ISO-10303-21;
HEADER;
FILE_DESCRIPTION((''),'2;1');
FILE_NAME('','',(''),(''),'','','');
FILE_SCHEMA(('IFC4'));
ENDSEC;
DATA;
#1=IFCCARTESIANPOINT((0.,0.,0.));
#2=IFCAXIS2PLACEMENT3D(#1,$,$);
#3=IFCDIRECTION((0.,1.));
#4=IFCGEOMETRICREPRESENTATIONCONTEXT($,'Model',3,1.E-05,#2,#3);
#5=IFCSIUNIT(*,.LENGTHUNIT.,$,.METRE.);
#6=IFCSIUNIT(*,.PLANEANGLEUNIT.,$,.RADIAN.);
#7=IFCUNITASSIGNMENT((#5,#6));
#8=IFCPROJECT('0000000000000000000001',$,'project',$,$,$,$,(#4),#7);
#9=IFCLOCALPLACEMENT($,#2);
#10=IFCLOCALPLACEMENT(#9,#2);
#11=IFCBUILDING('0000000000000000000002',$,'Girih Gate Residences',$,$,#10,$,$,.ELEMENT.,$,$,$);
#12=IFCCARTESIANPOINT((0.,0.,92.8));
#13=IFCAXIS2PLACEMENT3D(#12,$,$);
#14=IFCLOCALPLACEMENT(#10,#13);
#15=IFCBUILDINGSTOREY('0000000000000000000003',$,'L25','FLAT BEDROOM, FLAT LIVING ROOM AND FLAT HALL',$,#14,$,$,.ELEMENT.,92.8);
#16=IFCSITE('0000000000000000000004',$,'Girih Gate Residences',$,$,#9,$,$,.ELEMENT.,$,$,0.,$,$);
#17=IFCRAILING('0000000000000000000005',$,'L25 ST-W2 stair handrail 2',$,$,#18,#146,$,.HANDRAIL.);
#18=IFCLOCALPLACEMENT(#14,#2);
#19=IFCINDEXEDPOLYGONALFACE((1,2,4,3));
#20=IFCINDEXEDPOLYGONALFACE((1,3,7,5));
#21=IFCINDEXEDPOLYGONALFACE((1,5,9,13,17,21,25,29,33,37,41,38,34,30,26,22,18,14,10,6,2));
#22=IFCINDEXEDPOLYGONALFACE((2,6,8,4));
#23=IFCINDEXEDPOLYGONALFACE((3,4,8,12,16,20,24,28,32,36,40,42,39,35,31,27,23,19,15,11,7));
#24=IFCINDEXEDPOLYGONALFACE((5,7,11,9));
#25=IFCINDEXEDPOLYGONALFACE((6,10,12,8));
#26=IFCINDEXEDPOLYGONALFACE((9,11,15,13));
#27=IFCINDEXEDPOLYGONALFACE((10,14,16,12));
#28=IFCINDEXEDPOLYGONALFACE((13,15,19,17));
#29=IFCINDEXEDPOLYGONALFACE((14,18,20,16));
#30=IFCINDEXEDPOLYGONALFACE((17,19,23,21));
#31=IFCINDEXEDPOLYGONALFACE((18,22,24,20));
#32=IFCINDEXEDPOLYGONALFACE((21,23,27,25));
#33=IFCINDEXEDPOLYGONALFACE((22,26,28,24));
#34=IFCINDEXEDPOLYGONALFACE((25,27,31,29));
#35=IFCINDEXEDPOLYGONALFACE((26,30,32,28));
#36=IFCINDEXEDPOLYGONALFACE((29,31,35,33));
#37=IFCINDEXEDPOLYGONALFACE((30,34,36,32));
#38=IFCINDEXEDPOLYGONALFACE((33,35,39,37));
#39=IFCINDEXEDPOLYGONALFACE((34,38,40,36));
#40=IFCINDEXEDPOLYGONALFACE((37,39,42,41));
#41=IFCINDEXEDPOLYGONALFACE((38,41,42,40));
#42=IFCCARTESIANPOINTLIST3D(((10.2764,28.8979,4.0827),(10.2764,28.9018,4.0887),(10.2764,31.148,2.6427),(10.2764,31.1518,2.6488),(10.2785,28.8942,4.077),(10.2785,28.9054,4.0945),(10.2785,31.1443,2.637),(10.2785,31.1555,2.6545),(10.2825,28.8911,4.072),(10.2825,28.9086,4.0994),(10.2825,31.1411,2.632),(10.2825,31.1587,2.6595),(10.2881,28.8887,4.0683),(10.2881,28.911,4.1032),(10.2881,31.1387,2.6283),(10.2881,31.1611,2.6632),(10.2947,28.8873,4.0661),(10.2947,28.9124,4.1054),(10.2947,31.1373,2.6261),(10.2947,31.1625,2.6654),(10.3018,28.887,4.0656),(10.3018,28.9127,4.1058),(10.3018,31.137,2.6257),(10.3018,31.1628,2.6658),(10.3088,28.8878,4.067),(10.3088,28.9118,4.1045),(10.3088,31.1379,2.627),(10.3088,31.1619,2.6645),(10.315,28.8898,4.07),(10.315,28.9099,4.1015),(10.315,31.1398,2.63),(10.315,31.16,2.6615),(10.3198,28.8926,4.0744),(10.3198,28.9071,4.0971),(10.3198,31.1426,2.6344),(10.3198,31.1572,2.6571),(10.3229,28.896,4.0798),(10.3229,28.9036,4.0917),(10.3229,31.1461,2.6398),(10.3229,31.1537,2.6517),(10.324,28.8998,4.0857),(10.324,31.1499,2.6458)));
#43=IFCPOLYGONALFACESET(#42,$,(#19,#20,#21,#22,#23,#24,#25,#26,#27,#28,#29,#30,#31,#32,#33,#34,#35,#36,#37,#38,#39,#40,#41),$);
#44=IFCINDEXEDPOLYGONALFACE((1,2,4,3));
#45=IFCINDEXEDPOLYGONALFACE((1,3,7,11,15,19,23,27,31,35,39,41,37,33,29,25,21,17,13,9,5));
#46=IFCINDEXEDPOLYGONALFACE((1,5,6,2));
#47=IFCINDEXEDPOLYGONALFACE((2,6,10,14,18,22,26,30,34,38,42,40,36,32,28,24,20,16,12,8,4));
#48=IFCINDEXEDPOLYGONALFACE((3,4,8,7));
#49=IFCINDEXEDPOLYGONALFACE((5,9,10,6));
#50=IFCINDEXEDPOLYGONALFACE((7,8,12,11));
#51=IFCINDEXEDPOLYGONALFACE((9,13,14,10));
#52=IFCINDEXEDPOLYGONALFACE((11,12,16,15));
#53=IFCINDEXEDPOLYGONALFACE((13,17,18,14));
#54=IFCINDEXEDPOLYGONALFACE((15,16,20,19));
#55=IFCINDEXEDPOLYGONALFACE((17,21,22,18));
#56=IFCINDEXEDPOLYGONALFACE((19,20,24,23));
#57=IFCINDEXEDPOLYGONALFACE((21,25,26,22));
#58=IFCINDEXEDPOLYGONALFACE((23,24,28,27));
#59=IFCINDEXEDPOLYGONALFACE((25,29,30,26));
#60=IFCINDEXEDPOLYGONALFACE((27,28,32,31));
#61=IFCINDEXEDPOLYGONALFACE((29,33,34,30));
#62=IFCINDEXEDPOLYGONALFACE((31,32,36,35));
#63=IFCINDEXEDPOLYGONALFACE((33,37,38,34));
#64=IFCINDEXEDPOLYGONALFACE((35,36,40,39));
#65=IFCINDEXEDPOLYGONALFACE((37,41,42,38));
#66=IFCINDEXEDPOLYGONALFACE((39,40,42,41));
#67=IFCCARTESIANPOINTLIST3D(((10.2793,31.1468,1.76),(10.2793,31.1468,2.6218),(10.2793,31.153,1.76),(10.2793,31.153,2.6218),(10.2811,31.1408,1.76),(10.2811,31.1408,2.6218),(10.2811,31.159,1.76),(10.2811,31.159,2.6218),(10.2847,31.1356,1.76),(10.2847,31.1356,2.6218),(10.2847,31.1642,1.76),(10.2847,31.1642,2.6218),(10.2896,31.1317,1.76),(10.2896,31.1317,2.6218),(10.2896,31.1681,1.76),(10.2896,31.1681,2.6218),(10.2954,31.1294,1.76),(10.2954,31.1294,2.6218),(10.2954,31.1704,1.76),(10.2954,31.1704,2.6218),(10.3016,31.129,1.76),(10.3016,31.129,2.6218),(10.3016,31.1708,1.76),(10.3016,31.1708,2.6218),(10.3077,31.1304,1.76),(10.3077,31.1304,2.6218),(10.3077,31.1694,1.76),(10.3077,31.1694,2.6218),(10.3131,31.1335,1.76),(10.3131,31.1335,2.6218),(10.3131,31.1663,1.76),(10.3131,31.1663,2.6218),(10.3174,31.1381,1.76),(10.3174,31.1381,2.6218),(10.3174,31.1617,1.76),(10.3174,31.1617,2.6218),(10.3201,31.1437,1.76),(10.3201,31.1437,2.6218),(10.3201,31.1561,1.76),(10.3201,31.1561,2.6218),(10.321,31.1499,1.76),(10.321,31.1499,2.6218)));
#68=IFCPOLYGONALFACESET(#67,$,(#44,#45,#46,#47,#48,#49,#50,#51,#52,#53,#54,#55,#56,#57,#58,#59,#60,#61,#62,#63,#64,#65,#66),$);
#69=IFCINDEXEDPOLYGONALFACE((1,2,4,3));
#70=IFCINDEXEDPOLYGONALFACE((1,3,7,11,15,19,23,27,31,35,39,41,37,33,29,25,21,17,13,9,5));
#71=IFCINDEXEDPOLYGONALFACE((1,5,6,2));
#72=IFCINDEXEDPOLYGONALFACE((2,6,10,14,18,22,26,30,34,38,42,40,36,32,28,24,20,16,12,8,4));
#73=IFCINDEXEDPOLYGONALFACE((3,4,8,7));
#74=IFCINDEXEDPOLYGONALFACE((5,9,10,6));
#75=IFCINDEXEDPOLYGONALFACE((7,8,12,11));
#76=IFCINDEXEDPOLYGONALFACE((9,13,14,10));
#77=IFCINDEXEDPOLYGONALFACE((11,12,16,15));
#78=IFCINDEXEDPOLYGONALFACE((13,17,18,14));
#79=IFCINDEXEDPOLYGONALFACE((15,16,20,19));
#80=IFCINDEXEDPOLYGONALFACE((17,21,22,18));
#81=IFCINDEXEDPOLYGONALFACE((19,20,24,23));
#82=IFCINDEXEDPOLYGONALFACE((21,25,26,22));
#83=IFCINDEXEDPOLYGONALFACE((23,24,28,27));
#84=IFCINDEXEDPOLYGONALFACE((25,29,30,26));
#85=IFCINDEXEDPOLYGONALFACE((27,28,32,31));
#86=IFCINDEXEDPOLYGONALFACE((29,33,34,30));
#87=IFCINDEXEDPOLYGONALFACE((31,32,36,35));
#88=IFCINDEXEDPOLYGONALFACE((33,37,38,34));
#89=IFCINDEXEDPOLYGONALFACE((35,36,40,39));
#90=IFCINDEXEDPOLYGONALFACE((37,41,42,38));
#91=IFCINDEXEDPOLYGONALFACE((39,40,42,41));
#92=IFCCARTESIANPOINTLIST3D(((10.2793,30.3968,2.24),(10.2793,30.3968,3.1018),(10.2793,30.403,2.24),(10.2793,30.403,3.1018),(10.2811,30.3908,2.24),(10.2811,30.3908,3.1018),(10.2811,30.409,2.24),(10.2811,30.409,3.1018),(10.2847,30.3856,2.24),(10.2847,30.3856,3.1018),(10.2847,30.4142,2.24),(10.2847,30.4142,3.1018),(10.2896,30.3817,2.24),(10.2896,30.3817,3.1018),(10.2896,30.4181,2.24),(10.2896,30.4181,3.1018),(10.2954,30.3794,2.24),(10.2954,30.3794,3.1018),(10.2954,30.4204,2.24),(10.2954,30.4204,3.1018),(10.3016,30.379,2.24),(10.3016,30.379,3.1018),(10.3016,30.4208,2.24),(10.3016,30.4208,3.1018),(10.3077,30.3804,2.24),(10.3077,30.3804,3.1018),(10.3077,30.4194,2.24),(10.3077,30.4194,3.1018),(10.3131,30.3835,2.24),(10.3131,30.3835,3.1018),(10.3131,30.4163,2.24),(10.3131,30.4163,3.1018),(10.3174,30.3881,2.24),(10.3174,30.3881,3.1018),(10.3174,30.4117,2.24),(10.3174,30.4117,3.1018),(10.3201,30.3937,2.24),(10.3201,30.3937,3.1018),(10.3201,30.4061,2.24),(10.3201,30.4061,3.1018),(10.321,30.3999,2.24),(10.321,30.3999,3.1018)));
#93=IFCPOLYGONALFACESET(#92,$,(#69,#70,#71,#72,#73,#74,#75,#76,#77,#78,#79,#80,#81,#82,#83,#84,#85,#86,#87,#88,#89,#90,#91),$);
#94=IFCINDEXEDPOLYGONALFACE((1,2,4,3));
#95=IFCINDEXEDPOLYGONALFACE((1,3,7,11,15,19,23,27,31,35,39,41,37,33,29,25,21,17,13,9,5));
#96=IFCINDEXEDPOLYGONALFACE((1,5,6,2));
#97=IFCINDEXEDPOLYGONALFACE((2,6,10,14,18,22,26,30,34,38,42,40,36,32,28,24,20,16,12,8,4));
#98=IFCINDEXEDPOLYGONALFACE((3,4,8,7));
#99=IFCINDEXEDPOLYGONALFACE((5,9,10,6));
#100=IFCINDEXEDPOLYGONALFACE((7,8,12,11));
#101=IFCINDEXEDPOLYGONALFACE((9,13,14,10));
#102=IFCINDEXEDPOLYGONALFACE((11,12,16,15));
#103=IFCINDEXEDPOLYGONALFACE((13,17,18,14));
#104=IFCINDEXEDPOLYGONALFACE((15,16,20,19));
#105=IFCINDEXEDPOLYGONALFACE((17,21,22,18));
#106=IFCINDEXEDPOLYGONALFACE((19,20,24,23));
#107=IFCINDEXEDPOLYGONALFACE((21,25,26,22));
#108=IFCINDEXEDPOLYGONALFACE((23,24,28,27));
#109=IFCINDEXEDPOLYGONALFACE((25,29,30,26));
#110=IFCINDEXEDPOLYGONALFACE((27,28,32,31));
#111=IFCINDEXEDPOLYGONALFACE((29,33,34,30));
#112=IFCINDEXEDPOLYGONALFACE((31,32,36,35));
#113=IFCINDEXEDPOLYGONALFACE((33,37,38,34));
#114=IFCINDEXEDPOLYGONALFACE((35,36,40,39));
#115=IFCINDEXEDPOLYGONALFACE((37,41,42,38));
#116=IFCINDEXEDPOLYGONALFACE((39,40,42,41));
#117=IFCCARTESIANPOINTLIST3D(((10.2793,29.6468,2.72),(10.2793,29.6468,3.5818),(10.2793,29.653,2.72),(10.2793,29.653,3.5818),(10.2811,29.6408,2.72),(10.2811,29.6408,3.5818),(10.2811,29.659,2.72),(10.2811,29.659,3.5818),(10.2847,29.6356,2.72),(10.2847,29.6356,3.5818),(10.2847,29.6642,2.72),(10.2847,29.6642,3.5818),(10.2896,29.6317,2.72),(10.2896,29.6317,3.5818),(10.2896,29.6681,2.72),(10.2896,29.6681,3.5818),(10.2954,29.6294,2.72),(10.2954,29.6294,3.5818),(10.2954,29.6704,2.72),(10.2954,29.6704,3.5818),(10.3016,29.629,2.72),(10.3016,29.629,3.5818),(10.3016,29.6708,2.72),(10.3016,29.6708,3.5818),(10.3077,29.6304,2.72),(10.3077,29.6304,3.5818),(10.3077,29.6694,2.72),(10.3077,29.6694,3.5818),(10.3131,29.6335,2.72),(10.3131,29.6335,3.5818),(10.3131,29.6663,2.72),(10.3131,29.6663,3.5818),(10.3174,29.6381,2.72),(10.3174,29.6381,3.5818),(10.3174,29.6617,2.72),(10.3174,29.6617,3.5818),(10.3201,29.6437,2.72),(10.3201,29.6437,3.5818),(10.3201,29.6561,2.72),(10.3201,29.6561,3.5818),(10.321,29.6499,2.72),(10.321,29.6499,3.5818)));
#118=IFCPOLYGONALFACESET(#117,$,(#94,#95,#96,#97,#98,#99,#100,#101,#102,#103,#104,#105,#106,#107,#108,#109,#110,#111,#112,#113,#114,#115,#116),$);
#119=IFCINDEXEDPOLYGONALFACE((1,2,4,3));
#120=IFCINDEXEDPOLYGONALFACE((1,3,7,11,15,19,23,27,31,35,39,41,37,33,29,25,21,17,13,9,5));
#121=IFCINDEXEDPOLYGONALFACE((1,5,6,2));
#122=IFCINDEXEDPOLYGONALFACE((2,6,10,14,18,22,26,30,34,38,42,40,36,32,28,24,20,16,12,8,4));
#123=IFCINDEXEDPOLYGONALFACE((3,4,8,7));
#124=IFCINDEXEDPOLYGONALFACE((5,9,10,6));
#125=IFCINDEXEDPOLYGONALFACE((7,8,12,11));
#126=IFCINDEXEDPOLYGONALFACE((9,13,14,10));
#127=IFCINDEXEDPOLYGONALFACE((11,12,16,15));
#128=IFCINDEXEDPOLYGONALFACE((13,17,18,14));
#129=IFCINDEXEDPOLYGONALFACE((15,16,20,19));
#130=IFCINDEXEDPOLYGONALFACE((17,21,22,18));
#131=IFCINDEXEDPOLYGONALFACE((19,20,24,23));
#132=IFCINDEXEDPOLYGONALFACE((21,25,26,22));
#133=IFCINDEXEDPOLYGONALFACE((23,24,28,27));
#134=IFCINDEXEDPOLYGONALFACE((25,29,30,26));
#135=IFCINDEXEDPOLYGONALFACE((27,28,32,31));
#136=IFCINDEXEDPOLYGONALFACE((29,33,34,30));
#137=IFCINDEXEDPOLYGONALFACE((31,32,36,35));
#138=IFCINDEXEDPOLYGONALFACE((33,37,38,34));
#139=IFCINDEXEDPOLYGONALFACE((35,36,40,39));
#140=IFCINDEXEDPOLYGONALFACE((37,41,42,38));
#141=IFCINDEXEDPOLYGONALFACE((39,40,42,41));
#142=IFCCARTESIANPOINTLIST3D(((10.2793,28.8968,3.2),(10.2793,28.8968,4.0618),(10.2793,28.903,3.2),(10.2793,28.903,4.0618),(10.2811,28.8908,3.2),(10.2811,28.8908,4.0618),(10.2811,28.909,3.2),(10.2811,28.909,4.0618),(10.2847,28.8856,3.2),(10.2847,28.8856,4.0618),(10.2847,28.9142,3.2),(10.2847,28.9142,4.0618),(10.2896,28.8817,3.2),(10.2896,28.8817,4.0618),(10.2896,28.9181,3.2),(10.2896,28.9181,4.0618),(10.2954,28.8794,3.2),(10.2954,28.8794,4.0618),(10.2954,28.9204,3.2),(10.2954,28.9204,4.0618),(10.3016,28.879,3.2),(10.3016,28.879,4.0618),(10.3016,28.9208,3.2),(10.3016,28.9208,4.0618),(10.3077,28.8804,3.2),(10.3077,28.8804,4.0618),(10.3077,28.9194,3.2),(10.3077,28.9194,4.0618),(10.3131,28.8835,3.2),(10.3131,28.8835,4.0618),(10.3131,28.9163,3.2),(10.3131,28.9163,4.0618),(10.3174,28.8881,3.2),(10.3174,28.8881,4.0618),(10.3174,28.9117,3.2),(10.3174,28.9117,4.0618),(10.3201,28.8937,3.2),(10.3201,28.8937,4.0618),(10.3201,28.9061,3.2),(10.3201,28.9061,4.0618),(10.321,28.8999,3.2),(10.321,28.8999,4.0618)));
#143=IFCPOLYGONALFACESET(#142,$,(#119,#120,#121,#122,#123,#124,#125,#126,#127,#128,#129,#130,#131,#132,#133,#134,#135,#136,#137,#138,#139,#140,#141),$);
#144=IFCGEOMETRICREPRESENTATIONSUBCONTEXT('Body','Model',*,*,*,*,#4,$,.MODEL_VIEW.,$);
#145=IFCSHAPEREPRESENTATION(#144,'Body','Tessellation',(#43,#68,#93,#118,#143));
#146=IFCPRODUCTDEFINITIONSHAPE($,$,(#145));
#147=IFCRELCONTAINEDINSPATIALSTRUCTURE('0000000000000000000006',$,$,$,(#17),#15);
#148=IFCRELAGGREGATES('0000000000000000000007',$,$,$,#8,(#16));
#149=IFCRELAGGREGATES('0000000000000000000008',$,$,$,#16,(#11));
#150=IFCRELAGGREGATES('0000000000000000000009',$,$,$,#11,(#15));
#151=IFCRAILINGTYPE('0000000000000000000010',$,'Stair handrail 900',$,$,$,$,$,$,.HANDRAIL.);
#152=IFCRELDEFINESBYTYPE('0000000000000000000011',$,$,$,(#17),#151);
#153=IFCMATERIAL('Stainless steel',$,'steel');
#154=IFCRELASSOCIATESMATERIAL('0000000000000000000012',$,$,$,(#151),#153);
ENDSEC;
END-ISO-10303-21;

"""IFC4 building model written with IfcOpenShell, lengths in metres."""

from ifc_helpers import new_model, si_unit, direction, frame, origin, origin_2d, place, context, subcontext, project, spatial, circle, extrude, material, type_object, element, save


model = new_model("IFC4")

# Units and contexts
model_context = context("Model", 3, precision=1e-05, world=origin(), true_north=direction((0.0, 1.0)))
body_context = subcontext(model_context, "Body", "Model", "MODEL_VIEW")
ifc_project = project(units=[si_unit("LENGTHUNIT", "METRE"), si_unit("PLANEANGLEUNIT", "RADIAN")], contexts=[model_context])

# Site, building, storey
site_placement = place(None, origin())
site = spatial("IfcSite", under=ifc_project, at=site_placement, Name="Girih Gate Residences", CompositionType="ELEMENT", RefElevation=0.0)
building_placement = place(site_placement, origin())
building = spatial("IfcBuilding", under=site, at=building_placement, Name="Girih Gate Residences", CompositionType="ELEMENT")
storey_placement = place(building_placement, frame((0.0, 0.0, 92.8)))
storey = spatial("IfcBuildingStorey", under=building, at=storey_placement, Name="L25", Description="FLAT BEDROOM, FLAT LIVING ROOM AND FLAT HALL", CompositionType="ELEMENT", Elevation=92.8)

# Railing
ifc_material_1 = material(Name="Stainless steel", Category="steel")
railing_type_1 = type_object("IfcRailingType", Name="Stair handrail 900", PredefinedType="HANDRAIL", material=ifc_material_1)
railing_1_placement = place(storey_placement, frame((10.3, 31.1499, 1.76)))
element("IfcRailing", 1, at=railing_1_placement, inside=storey, type_object=railing_type_1, Name="L25 ST-W2 stair handrail 2", PredefinedType="HANDRAIL", context=body_context, shape_type="SweptSolid", body=[
    extrude(circle(Radius=0.0239, at=origin_2d()), frame((0.0, 0.0, 0.8857), z_axis=(0.0, -0.842281, 0.539038), x_axis=(1.0, 0.0, 0.0)), (0.0, 0.0, 1.0), 2.6714),
    extrude(circle(Radius=0.021, at=origin_2d()), origin(), (0.0, 0.0, 1.0), 0.8618),
    extrude(circle(Radius=0.021, at=origin_2d()), frame((0.0, -0.75, 0.48)), (0.0, 0.0, 1.0), 0.8618),
    extrude(circle(Radius=0.021, at=origin_2d()), frame((0.0, -1.5, 0.96)), (0.0, 0.0, 1.0), 0.8618),
    extrude(circle(Radius=0.021, at=origin_2d()), frame((0.0, -2.25, 1.4399)), (0.0, 0.0, 1.0), 0.8618),
])

save(model, "model.ifc")
